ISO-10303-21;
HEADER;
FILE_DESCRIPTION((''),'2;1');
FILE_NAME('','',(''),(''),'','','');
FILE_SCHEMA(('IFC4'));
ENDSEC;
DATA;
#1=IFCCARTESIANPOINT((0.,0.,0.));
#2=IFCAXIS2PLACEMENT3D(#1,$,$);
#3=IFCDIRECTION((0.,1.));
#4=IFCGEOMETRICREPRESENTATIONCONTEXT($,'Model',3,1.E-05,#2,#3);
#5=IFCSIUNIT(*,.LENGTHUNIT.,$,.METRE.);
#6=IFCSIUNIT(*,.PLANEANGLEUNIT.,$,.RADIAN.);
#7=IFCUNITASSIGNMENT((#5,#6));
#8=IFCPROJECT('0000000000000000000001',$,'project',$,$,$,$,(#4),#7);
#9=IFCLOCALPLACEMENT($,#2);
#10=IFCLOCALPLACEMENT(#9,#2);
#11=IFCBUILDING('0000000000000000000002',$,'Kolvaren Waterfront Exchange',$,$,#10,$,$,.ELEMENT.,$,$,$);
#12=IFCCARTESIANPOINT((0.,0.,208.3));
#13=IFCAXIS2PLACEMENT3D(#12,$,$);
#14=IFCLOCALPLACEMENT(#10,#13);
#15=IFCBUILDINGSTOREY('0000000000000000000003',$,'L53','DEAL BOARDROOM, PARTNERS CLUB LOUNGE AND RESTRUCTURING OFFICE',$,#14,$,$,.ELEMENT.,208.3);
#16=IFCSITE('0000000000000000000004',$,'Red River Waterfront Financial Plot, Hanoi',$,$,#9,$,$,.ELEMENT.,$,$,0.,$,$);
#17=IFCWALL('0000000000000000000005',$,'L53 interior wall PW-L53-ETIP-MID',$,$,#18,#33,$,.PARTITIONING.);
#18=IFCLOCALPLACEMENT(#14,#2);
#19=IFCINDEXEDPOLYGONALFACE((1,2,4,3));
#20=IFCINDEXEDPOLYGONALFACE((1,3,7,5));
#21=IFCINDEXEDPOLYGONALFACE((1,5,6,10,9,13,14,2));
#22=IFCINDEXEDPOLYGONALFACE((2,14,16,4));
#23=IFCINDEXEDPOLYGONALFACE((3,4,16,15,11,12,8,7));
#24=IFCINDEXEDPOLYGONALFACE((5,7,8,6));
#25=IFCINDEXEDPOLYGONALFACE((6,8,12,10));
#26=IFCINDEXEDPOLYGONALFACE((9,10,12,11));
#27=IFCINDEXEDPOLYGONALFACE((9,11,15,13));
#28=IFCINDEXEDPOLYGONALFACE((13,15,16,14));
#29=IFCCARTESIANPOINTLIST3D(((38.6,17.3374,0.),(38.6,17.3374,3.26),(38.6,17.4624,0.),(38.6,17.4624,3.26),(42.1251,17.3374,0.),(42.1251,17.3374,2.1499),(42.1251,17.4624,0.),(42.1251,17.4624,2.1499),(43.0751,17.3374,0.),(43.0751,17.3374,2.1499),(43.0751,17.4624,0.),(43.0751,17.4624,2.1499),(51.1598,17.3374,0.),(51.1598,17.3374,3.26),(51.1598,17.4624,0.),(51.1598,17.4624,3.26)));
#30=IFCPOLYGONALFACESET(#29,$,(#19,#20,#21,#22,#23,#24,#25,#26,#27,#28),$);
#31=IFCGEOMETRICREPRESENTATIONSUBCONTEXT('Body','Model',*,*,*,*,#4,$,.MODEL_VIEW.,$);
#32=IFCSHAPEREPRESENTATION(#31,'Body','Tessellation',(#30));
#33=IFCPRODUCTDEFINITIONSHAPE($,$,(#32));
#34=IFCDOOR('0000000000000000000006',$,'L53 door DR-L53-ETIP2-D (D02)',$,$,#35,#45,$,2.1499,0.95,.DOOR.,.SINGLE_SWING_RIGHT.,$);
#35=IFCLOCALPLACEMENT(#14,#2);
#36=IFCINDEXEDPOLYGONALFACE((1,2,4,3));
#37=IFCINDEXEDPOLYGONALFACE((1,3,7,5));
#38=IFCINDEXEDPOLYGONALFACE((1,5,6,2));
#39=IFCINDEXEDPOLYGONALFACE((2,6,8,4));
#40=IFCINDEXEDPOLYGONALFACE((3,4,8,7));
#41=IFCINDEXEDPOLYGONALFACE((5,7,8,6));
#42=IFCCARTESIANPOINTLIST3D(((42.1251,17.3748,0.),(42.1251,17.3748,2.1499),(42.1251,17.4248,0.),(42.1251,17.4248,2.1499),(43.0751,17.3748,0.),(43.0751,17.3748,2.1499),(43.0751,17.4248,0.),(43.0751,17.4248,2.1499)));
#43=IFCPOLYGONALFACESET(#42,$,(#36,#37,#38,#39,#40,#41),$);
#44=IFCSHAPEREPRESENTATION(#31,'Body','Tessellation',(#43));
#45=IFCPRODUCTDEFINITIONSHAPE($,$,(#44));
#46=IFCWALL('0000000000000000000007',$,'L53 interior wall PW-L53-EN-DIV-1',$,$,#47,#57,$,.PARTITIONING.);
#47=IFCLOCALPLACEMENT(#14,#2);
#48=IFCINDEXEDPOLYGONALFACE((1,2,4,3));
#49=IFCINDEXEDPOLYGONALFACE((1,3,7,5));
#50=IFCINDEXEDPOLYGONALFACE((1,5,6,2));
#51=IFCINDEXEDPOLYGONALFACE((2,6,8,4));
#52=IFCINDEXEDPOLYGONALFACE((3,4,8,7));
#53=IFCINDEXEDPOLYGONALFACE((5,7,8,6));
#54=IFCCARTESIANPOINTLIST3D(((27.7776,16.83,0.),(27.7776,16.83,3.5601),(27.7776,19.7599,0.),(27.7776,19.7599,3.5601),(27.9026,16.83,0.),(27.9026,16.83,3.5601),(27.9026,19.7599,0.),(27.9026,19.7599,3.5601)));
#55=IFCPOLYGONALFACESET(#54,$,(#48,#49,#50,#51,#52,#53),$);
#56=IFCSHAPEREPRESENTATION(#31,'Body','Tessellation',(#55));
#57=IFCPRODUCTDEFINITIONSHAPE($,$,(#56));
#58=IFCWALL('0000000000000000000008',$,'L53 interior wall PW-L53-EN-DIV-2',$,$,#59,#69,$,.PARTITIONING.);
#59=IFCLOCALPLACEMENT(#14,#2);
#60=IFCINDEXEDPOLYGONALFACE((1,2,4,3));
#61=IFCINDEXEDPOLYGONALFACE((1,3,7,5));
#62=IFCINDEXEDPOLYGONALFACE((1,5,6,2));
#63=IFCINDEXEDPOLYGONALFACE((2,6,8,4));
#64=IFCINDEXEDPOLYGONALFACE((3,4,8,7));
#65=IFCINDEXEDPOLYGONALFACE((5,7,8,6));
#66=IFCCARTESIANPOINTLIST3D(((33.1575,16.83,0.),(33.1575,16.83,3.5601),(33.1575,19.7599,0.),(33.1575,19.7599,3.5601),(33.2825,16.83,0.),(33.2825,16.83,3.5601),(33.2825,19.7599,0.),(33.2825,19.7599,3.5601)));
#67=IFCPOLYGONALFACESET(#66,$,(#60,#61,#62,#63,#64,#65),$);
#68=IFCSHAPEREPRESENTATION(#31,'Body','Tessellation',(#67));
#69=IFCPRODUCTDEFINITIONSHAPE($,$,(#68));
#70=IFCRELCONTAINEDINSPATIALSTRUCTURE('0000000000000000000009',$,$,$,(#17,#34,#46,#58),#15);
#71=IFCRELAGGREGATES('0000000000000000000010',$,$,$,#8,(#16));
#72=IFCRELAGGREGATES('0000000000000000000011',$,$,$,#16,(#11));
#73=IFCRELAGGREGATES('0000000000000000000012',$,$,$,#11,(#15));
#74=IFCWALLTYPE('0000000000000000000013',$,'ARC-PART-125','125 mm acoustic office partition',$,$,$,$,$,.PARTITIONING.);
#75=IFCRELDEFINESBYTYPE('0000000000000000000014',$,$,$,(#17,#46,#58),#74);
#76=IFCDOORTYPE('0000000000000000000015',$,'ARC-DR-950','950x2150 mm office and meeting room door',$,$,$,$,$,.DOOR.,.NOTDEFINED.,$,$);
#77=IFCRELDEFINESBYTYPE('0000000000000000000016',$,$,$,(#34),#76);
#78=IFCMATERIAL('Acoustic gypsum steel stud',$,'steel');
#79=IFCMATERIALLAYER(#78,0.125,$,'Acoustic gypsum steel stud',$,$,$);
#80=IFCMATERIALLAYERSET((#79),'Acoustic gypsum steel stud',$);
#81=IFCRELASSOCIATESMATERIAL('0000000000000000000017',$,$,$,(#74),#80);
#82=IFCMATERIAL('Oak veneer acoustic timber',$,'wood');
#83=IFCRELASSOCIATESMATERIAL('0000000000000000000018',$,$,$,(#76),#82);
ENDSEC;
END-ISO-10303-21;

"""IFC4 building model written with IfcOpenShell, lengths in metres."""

from ifc_helpers import new_model, si_unit, direction, frame, frame_2d, origin, place, context, subcontext, project, spatial, rectangle, extrude, material, layer, layer_set, type_object, element, fill, save


model = new_model("IFC4")

# Units and contexts
model_context = context("Model", 3, precision=1e-05, world=origin(), true_north=direction((0.0, 1.0)))
body_context = subcontext(model_context, "Body", "Model", "MODEL_VIEW")
ifc_project = project(units=[si_unit("LENGTHUNIT", "METRE"), si_unit("PLANEANGLEUNIT", "RADIAN")], contexts=[model_context])

# Site, building, storey
site_placement = place(None, origin())
site = spatial("IfcSite", under=ifc_project, at=site_placement, Name="Red River Waterfront Financial Plot, Hanoi", CompositionType="ELEMENT", RefElevation=0.0)
building_placement = place(site_placement, origin())
building = spatial("IfcBuilding", under=site, at=building_placement, Name="Kolvaren Waterfront Exchange", CompositionType="ELEMENT")
storey_placement = place(building_placement, frame((0.0, 0.0, 208.3)))
storey = spatial("IfcBuildingStorey", under=building, at=storey_placement, Name="L53", Description="DEAL BOARDROOM, PARTNERS CLUB LOUNGE AND RESTRUCTURING OFFICE", CompositionType="ELEMENT", Elevation=208.3)

# Wall, opening, door
ifc_material_1 = material(Name="Acoustic gypsum steel stud", Category="steel")
ifc_layer_1 = layer(ifc_material_1, 0.125, Name="Acoustic gypsum steel stud")
ifc_layer_set_1 = layer_set([ifc_layer_1], Name="Acoustic gypsum steel stud")
wall_type_1 = type_object("IfcWallType", Name="ARC-PART-125", Description="125 mm acoustic office partition", PredefinedType="PARTITIONING", material=ifc_layer_set_1)
wall_1_placement = place(storey_placement, frame((38.6001, 17.3999, 0.0), z_axis=(0.0, 0.0, 1.0), x_axis=(1.0, 0.0, 0.0)))
wall_1 = element("IfcWall", 1, at=wall_1_placement, inside=storey, type_object=wall_type_1, Name="L53 interior wall PW-L53-ETIP-MID", PredefinedType="PARTITIONING", context=body_context, shape_type="SweptSolid", body=[
    extrude(rectangle(XDim=12.5598, YDim=0.125, at=frame_2d((6.2798, 0.0))), origin(), (0.0, 0.0, 1.0), 3.26),
])
opening_placement = place(wall_1_placement, frame((3.5249, 0.0, 0.0)))
opening = element("IfcOpeningElement", 2, at=opening_placement, cuts=wall_1, PredefinedType="OPENING", context=body_context, shape_type="SweptSolid", body=[
    extrude(rectangle(XDim=0.95, YDim=2.1499, at=frame_2d((0.4751, 1.075))), frame((0.0, 0.0725, 0.0), z_axis=(0.0, -1.0, 0.0), x_axis=(1.0, 0.0, 0.0)), (0.0, 0.0, 1.0), 0.145),
])
ifc_material_2 = material(Name="Oak veneer acoustic timber", Category="wood")
door_type = type_object("IfcDoorType", Name="ARC-DR-950", Description="950x2150 mm office and meeting room door", OperationType="NOTDEFINED", PredefinedType="DOOR", material=ifc_material_2)
door_placement = place(opening_placement, origin())
door = element("IfcDoor", 3, at=door_placement, inside=storey, type_object=door_type, Name="L53 door DR-L53-ETIP2-D (D02)", OperationType="SINGLE_SWING_RIGHT", OverallHeight=2.1499, OverallWidth=0.95, PredefinedType="DOOR", context=body_context, shape_type="SweptSolid", body=[
    extrude(rectangle(XDim=0.95, YDim=2.1499, at=frame_2d((0.4751, 1.075))), frame((0.0, 0.0249, 0.0), z_axis=(0.0, -1.0, 0.0), x_axis=(1.0, 0.0, 0.0)), (0.0, 0.0, 1.0), 0.05),
])
fill(opening, door)

# Walls
for number, where, z_axis, x_axis, name in (
    (4, (27.8401, 16.8301, 0.0), (0.0, 0.0, 1.0), (0.0, 1.0, 0.0), "L53 interior wall PW-L53-EN-DIV-1"),
    (5, (33.22, 16.8301, 0.0), (0.0, 0.0, 1.0), (0.0, 1.0, 0.0), "L53 interior wall PW-L53-EN-DIV-2"),
):
    element("IfcWall", number, at=place(storey_placement, frame(where, z_axis=z_axis, x_axis=x_axis)), inside=storey, type_object=wall_type_1, Name=name, PredefinedType="PARTITIONING", context=body_context, shape_type="SweptSolid", body=[
        extrude(rectangle(XDim=2.9299, YDim=0.125, at=frame_2d((1.4648, 0.0))), origin(), (0.0, 0.0, 1.0), 3.5601),
    ])

save(model, "model.ifc")
